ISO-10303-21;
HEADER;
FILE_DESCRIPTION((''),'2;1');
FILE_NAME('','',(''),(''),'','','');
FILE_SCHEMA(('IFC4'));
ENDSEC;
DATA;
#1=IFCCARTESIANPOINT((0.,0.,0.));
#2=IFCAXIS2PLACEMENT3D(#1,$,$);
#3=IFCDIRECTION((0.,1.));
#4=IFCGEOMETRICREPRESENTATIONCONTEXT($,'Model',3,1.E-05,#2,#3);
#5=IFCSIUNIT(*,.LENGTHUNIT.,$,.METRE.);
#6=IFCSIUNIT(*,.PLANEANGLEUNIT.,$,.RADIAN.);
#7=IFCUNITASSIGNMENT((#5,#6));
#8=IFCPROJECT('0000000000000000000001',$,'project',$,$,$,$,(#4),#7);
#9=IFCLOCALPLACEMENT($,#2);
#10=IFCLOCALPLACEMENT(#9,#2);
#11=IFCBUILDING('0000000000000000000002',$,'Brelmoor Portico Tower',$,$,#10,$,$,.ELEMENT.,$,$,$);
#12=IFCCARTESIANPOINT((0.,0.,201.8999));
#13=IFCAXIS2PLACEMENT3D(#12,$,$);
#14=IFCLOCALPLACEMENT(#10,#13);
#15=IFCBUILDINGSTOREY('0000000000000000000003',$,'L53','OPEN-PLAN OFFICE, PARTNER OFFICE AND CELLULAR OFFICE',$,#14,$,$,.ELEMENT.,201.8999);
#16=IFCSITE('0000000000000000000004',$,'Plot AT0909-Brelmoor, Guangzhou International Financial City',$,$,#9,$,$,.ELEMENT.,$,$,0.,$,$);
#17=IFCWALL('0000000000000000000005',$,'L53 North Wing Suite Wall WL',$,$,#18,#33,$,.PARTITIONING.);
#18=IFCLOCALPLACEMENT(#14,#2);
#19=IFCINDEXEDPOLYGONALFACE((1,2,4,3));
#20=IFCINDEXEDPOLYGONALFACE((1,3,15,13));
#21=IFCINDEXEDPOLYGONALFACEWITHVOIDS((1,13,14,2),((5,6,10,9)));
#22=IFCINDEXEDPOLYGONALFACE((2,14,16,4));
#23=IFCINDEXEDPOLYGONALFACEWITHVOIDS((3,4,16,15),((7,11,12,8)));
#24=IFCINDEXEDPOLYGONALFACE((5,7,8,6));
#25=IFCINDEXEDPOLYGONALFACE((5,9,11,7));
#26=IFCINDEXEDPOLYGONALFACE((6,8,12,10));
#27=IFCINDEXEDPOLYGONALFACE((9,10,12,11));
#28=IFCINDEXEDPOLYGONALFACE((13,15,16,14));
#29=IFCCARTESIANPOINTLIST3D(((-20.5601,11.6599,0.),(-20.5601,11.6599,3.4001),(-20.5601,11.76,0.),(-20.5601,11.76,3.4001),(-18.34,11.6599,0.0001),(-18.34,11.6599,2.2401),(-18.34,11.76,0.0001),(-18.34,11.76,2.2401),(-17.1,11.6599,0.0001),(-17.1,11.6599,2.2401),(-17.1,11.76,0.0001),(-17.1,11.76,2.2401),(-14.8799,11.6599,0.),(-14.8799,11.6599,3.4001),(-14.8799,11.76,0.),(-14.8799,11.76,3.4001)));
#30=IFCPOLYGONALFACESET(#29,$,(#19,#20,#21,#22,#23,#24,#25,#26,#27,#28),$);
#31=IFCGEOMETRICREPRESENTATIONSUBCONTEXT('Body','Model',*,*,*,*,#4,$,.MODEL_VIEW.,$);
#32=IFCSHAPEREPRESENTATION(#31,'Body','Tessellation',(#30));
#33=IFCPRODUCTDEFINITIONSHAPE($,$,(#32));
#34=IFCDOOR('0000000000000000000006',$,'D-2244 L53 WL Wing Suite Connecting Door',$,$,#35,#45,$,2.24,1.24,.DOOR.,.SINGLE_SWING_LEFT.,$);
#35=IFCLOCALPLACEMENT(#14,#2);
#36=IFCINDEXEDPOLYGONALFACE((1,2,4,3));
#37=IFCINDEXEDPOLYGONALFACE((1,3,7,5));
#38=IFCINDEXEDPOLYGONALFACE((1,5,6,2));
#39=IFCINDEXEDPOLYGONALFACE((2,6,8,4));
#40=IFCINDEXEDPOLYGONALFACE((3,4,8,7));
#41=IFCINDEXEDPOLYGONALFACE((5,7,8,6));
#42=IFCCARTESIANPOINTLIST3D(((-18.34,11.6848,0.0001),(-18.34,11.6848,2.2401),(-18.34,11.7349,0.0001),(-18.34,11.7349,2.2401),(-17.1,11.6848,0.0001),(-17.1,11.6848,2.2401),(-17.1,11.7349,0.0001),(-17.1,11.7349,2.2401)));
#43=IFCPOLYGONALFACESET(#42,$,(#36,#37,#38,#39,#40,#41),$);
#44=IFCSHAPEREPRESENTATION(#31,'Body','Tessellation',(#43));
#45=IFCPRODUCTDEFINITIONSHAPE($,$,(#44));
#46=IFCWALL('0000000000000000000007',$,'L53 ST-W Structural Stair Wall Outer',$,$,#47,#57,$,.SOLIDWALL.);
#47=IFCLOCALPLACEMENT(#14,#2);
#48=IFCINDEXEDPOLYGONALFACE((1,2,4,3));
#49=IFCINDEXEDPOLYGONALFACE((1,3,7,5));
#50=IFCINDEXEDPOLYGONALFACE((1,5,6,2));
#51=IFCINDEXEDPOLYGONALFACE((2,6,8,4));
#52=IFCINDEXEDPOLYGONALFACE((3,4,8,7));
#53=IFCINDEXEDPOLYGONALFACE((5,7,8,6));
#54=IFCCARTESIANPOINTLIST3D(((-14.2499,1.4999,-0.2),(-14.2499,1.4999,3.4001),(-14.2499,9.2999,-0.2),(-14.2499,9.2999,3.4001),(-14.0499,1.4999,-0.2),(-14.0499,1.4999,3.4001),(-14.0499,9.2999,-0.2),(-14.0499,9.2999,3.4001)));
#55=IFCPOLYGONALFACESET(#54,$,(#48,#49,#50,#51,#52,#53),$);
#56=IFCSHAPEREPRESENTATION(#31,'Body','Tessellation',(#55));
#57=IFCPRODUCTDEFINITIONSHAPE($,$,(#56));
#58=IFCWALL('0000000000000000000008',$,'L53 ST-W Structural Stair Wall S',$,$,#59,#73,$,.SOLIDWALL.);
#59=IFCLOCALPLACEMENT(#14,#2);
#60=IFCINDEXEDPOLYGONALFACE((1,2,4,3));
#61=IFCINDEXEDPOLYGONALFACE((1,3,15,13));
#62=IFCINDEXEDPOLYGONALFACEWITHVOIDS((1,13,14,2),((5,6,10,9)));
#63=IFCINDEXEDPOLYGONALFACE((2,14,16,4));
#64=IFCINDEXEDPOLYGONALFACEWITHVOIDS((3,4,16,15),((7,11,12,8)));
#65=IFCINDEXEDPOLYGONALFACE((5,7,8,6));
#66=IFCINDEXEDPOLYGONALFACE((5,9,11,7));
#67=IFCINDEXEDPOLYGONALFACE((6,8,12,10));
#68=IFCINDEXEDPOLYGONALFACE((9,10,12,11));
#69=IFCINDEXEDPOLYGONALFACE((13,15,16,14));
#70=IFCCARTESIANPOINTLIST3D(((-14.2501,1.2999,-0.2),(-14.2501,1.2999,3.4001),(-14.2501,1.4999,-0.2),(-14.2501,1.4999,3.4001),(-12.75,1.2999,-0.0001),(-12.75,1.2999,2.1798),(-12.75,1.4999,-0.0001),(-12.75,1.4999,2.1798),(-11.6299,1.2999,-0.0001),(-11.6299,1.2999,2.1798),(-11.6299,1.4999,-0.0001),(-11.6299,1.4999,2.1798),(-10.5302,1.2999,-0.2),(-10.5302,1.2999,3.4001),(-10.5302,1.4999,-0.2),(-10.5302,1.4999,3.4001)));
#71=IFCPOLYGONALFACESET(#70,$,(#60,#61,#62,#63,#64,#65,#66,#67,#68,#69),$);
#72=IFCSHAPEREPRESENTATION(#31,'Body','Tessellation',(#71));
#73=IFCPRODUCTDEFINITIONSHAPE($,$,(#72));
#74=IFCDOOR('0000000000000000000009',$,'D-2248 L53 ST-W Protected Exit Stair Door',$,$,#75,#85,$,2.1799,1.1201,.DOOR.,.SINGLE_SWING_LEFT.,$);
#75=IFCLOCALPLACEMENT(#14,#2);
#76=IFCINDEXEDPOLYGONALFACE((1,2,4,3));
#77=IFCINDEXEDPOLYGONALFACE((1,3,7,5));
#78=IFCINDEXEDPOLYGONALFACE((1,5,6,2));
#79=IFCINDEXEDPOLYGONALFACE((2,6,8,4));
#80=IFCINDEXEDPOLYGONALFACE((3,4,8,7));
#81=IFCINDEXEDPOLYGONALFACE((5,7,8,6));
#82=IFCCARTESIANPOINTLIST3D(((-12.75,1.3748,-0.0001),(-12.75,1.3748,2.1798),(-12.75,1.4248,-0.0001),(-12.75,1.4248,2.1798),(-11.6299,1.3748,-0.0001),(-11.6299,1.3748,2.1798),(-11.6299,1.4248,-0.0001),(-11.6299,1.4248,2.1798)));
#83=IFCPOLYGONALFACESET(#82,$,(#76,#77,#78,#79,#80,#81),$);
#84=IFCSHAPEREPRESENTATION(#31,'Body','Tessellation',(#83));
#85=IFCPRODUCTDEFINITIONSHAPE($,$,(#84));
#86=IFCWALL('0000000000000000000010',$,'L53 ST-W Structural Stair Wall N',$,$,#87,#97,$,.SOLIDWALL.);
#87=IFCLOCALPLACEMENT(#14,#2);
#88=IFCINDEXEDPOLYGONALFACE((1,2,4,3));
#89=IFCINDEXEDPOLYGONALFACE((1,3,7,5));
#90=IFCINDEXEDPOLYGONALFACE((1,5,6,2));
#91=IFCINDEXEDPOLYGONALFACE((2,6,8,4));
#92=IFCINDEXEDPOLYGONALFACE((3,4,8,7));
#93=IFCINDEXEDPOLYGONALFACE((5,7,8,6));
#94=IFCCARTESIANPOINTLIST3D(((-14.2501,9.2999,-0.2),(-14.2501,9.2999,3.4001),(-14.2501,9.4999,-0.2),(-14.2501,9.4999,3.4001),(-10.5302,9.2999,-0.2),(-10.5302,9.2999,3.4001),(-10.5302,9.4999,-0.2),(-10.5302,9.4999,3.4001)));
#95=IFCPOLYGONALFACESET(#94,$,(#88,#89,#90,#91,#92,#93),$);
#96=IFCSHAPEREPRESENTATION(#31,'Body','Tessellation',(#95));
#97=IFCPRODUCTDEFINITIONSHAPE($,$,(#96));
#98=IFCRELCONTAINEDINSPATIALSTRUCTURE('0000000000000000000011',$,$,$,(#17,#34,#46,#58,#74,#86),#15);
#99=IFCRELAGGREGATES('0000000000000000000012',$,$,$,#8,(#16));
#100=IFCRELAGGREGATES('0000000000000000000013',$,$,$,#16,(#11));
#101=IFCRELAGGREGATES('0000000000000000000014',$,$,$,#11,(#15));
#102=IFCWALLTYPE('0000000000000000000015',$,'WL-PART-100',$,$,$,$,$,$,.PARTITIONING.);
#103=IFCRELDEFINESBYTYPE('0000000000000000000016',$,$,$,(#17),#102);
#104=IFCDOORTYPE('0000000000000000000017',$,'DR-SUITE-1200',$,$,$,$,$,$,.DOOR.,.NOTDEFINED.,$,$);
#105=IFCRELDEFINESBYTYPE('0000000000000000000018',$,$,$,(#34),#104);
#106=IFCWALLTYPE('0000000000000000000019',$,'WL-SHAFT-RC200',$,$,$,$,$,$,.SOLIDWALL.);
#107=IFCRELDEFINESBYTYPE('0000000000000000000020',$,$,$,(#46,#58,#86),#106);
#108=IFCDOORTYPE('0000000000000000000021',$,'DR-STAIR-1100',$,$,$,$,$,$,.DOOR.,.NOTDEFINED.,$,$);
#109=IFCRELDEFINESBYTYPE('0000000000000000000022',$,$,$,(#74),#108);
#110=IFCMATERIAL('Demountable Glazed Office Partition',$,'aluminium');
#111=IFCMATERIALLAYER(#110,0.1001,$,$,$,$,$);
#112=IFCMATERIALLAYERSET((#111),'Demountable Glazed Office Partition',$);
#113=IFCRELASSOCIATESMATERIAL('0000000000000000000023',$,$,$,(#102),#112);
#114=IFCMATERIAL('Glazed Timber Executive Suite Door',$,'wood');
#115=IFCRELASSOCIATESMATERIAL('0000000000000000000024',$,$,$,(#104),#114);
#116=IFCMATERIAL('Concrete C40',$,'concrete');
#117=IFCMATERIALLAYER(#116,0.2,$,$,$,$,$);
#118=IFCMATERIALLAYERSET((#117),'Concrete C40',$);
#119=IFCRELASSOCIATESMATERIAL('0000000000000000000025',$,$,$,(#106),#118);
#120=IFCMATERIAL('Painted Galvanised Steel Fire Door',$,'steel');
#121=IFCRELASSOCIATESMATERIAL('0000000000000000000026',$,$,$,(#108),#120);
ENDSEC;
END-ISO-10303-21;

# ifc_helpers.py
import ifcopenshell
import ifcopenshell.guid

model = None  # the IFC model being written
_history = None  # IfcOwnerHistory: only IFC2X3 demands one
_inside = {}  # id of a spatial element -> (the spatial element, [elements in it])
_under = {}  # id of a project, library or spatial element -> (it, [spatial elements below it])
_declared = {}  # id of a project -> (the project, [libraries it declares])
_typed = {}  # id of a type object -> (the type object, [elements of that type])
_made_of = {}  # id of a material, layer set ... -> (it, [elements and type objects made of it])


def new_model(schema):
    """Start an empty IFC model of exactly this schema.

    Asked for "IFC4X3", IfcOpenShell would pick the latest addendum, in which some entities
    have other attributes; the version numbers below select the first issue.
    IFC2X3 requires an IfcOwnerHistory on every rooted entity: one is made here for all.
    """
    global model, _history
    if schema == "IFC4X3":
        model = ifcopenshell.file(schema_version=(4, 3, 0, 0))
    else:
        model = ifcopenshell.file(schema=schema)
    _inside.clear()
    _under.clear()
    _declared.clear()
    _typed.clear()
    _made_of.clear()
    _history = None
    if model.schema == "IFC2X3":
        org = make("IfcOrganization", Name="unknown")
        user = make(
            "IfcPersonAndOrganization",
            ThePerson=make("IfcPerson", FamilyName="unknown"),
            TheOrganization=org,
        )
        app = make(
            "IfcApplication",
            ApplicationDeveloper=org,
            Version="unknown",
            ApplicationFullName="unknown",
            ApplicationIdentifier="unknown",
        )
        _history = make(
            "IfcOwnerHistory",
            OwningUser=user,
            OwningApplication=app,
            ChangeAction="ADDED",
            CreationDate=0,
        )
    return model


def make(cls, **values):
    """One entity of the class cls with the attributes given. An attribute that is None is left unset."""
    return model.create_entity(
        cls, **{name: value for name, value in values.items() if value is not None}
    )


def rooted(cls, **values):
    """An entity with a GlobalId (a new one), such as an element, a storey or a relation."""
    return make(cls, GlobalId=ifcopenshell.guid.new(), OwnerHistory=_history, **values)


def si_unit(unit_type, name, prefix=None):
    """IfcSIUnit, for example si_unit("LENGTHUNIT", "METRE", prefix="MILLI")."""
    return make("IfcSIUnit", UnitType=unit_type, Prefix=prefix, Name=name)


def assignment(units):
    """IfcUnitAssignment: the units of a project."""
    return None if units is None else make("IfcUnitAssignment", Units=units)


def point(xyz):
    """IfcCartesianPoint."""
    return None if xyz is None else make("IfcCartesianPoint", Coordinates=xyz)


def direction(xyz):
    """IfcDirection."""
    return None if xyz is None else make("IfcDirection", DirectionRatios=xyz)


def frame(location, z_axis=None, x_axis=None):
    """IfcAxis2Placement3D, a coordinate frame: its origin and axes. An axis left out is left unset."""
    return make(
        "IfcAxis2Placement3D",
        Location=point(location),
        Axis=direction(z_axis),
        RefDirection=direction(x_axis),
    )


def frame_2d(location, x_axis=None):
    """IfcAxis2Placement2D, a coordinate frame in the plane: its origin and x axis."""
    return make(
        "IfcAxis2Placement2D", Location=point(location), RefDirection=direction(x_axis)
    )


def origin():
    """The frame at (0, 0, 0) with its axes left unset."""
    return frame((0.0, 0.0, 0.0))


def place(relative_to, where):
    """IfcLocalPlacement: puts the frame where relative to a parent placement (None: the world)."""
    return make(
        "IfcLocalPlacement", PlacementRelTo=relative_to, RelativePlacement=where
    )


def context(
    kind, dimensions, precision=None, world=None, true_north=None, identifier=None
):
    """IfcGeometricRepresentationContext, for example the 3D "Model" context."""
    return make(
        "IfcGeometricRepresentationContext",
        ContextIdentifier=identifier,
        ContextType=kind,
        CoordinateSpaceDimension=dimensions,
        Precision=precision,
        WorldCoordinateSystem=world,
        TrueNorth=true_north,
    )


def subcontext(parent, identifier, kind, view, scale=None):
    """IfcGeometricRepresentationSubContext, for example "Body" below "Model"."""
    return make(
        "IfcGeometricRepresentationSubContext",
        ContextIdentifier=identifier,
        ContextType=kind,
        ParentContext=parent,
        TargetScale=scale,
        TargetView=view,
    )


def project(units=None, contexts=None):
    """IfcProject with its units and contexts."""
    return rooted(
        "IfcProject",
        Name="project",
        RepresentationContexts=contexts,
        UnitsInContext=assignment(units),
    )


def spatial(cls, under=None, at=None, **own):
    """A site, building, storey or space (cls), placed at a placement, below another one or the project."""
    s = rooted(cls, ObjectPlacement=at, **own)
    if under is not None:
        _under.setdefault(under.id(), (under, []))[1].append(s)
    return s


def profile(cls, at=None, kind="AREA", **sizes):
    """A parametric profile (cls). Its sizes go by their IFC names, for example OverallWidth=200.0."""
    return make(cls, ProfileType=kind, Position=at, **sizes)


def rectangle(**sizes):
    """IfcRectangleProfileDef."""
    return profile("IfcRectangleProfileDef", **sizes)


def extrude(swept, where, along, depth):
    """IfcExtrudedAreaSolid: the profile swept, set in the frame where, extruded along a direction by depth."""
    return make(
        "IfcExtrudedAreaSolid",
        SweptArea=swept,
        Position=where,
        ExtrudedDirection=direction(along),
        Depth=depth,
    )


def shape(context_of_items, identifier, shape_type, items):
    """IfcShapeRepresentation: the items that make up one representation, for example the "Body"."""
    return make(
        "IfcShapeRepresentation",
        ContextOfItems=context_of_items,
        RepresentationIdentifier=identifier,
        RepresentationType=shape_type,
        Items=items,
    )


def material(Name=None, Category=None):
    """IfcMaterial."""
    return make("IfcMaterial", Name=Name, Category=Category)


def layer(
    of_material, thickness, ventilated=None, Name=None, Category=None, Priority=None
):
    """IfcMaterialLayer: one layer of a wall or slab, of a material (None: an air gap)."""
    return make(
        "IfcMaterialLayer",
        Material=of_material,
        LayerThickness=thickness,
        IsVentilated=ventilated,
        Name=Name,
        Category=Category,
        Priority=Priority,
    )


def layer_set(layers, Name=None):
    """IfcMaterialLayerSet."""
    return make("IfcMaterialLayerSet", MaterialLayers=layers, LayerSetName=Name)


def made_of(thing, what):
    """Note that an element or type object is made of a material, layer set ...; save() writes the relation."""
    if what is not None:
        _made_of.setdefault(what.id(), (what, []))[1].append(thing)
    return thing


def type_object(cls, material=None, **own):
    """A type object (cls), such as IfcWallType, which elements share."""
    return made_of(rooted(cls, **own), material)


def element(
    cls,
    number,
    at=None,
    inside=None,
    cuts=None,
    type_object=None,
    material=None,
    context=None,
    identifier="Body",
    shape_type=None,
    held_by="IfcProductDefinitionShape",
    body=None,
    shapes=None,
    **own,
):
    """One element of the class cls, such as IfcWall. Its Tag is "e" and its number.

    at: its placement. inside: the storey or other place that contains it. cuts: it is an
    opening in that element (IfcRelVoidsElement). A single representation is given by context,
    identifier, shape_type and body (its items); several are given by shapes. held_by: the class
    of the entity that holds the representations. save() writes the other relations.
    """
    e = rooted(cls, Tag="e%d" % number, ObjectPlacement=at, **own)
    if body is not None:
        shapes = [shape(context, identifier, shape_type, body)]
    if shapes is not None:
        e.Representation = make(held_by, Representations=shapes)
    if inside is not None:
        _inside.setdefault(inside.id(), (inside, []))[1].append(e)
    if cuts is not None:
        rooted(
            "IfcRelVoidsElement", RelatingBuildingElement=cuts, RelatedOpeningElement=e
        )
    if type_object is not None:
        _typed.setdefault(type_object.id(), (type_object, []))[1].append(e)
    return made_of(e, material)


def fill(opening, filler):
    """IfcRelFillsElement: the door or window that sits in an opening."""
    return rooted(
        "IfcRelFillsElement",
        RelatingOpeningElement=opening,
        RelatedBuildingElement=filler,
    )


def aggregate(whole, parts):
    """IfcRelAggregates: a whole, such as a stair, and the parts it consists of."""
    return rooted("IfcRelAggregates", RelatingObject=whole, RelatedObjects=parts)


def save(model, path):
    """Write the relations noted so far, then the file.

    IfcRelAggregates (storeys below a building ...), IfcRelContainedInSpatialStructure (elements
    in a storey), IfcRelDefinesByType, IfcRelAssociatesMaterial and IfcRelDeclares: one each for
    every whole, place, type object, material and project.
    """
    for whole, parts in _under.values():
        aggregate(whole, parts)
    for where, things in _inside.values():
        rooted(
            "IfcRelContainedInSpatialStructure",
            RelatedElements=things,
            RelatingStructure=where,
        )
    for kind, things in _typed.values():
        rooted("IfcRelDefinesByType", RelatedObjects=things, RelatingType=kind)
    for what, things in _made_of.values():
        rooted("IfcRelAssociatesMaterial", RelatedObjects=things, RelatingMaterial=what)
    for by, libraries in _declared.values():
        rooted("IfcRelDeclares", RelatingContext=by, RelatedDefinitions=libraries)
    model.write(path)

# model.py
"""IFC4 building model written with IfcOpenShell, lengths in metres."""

from ifc_helpers import new_model, si_unit, direction, frame, frame_2d, origin, place, context, subcontext, project, spatial, rectangle, extrude, material, layer, layer_set, type_object, element, fill, save


model = new_model("IFC4")

# Units and contexts
model_context = context("Model", 3, precision=1e-05, world=origin(), true_north=direction((0.0, 1.0)))
body_context = subcontext(model_context, "Body", "Model", "MODEL_VIEW")
ifc_project = project(units=[si_unit("LENGTHUNIT", "METRE"), si_unit("PLANEANGLEUNIT", "RADIAN")], contexts=[model_context])

# Site, building, storey
site_placement = place(None, origin())
site = spatial("IfcSite", under=ifc_project, at=site_placement, Name="Plot AT0909-Brelmoor, Guangzhou International Financial City", CompositionType="ELEMENT", RefElevation=0.0)
building_placement = place(site_placement, origin())
building = spatial("IfcBuilding", under=site, at=building_placement, Name="Brelmoor Portico Tower", CompositionType="ELEMENT")
storey_placement = place(building_placement, frame((0.0, 0.0, 201.8999)))
storey = spatial("IfcBuildingStorey", under=building, at=storey_placement, Name="L53", Description="OPEN-PLAN OFFICE, PARTNER OFFICE AND CELLULAR OFFICE", CompositionType="ELEMENT", Elevation=201.8999)

# Wall, opening, door
ifc_material_1 = material(Name="Demountable Glazed Office Partition", Category="aluminium")
ifc_layer_1 = layer(ifc_material_1, 0.1001)
ifc_layer_set_1 = layer_set([ifc_layer_1], Name="Demountable Glazed Office Partition")
wall_type_1 = type_object("IfcWallType", Name="WL-PART-100", PredefinedType="PARTITIONING", material=ifc_layer_set_1)
wall_1_placement = place(storey_placement, frame((-20.5601, 11.71, 0.0), z_axis=(0.0, 0.0, 1.0), x_axis=(1.0, 0.0, 0.0)))
wall_1 = element("IfcWall", 1, at=wall_1_placement, inside=storey, type_object=wall_type_1, Name="L53 North Wing Suite Wall WL", PredefinedType="PARTITIONING", context=body_context, shape_type="SweptSolid", body=[
    extrude(rectangle(XDim=5.6802, YDim=0.1001, at=frame_2d((2.8401, 0.0))), origin(), (0.0, 0.0, 1.0), 3.4001),
])
opening_1_placement = place(wall_1_placement, frame((2.22, 0.0, 0.0)))
opening_1 = element("IfcOpeningElement", 2, at=opening_1_placement, cuts=wall_1, PredefinedType="OPENING", context=body_context, shape_type="SweptSolid", body=[
    extrude(rectangle(XDim=1.24, YDim=2.24, at=frame_2d((0.6201, 1.1201))), frame((0.0, 0.0601, 0.0), z_axis=(0.0, -1.0, 0.0), x_axis=(1.0, 0.0, 0.0)), (0.0, 0.0, 1.0), 0.1201),
])
ifc_material_2 = material(Name="Glazed Timber Executive Suite Door", Category="wood")
door_type_1 = type_object("IfcDoorType", Name="DR-SUITE-1200", OperationType="NOTDEFINED", PredefinedType="DOOR", material=ifc_material_2)
door_1_placement = place(opening_1_placement, origin())
door_1 = element("IfcDoor", 3, at=door_1_placement, inside=storey, type_object=door_type_1, Name="D-2244 L53 WL Wing Suite Connecting Door", OperationType="SINGLE_SWING_LEFT", OverallHeight=2.24, OverallWidth=1.24, PredefinedType="DOOR", context=body_context, shape_type="SweptSolid", body=[
    extrude(rectangle(XDim=1.24, YDim=2.24, at=frame_2d((0.6201, 1.1201))), frame((0.0, 0.0249, 0.0), z_axis=(0.0, -1.0, 0.0), x_axis=(1.0, 0.0, 0.0)), (0.0, 0.0, 1.0), 0.05),
])
fill(opening_1, door_1)

# Wall
ifc_material_3 = material(Name="Concrete C40", Category="concrete")
ifc_layer_2 = layer(ifc_material_3, 0.2)
ifc_layer_set_2 = layer_set([ifc_layer_2], Name="Concrete C40")
wall_type_2 = type_object("IfcWallType", Name="WL-SHAFT-RC200", PredefinedType="SOLIDWALL", material=ifc_layer_set_2)
wall_2_placement = place(storey_placement, frame((-14.1499, 1.5, -0.2), z_axis=(0.0, 0.0, 1.0), x_axis=(0.0, 1.0, 0.0)))
element("IfcWall", 4, at=wall_2_placement, inside=storey, type_object=wall_type_2, Name="L53 ST-W Structural Stair Wall Outer", PredefinedType="SOLIDWALL", context=body_context, shape_type="SweptSolid", body=[
    extrude(rectangle(XDim=7.8, YDim=0.2, at=frame_2d((3.8999, 0.0))), origin(), (0.0, 0.0, 1.0), 3.6001),
])

# Wall, opening, door
wall_3_placement = place(storey_placement, frame((-14.25, 1.3999, -0.2), z_axis=(0.0, 0.0, 1.0), x_axis=(1.0, 0.0, 0.0)))
wall_3 = element("IfcWall", 5, at=wall_3_placement, inside=storey, type_object=wall_type_2, Name="L53 ST-W Structural Stair Wall S", PredefinedType="SOLIDWALL", context=body_context, shape_type="SweptSolid", body=[
    extrude(rectangle(XDim=3.72, YDim=0.2, at=frame_2d((1.8599, 0.0))), origin(), (0.0, 0.0, 1.0), 3.6001),
])
opening_2_placement = place(wall_3_placement, frame((1.5, 0.0, 0.2)))
opening_2 = element("IfcOpeningElement", 6, at=opening_2_placement, cuts=wall_3, PredefinedType="OPENING", context=body_context, shape_type="SweptSolid", body=[
    extrude(rectangle(XDim=1.1201, YDim=2.1799, at=frame_2d((0.5601, 1.0898))), frame((0.0, 0.1099, 0.0), z_axis=(0.0, -1.0, 0.0), x_axis=(1.0, 0.0, 0.0)), (0.0, 0.0, 1.0), 0.22),
])
ifc_material_4 = material(Name="Painted Galvanised Steel Fire Door", Category="steel")
door_type_2 = type_object("IfcDoorType", Name="DR-STAIR-1100", OperationType="NOTDEFINED", PredefinedType="DOOR", material=ifc_material_4)
door_2_placement = place(opening_2_placement, origin())
door_2 = element("IfcDoor", 7, at=door_2_placement, inside=storey, type_object=door_type_2, Name="D-2248 L53 ST-W Protected Exit Stair Door", OperationType="SINGLE_SWING_LEFT", OverallHeight=2.1799, OverallWidth=1.1201, PredefinedType="DOOR", context=body_context, shape_type="SweptSolid", body=[
    extrude(rectangle(XDim=1.1201, YDim=2.1799, at=frame_2d((0.5601, 1.0898))), frame((0.0, 0.0249, 0.0), z_axis=(0.0, -1.0, 0.0), x_axis=(1.0, 0.0, 0.0)), (0.0, 0.0, 1.0), 0.05),
])
fill(opening_2, door_2)

# Wall
wall_4_placement = place(storey_placement, frame((-14.25, 9.3999, -0.2), z_axis=(0.0, 0.0, 1.0), x_axis=(1.0, 0.0, 0.0)))
element("IfcWall", 8, at=wall_4_placement, inside=storey, type_object=wall_type_2, Name="L53 ST-W Structural Stair Wall N", PredefinedType="SOLIDWALL", context=body_context, shape_type="SweptSolid", body=[
    extrude(rectangle(XDim=3.72, YDim=0.2, at=frame_2d((1.8599, 0.0))), origin(), (0.0, 0.0, 1.0), 3.6001),
])

save(model, "model.ifc")
